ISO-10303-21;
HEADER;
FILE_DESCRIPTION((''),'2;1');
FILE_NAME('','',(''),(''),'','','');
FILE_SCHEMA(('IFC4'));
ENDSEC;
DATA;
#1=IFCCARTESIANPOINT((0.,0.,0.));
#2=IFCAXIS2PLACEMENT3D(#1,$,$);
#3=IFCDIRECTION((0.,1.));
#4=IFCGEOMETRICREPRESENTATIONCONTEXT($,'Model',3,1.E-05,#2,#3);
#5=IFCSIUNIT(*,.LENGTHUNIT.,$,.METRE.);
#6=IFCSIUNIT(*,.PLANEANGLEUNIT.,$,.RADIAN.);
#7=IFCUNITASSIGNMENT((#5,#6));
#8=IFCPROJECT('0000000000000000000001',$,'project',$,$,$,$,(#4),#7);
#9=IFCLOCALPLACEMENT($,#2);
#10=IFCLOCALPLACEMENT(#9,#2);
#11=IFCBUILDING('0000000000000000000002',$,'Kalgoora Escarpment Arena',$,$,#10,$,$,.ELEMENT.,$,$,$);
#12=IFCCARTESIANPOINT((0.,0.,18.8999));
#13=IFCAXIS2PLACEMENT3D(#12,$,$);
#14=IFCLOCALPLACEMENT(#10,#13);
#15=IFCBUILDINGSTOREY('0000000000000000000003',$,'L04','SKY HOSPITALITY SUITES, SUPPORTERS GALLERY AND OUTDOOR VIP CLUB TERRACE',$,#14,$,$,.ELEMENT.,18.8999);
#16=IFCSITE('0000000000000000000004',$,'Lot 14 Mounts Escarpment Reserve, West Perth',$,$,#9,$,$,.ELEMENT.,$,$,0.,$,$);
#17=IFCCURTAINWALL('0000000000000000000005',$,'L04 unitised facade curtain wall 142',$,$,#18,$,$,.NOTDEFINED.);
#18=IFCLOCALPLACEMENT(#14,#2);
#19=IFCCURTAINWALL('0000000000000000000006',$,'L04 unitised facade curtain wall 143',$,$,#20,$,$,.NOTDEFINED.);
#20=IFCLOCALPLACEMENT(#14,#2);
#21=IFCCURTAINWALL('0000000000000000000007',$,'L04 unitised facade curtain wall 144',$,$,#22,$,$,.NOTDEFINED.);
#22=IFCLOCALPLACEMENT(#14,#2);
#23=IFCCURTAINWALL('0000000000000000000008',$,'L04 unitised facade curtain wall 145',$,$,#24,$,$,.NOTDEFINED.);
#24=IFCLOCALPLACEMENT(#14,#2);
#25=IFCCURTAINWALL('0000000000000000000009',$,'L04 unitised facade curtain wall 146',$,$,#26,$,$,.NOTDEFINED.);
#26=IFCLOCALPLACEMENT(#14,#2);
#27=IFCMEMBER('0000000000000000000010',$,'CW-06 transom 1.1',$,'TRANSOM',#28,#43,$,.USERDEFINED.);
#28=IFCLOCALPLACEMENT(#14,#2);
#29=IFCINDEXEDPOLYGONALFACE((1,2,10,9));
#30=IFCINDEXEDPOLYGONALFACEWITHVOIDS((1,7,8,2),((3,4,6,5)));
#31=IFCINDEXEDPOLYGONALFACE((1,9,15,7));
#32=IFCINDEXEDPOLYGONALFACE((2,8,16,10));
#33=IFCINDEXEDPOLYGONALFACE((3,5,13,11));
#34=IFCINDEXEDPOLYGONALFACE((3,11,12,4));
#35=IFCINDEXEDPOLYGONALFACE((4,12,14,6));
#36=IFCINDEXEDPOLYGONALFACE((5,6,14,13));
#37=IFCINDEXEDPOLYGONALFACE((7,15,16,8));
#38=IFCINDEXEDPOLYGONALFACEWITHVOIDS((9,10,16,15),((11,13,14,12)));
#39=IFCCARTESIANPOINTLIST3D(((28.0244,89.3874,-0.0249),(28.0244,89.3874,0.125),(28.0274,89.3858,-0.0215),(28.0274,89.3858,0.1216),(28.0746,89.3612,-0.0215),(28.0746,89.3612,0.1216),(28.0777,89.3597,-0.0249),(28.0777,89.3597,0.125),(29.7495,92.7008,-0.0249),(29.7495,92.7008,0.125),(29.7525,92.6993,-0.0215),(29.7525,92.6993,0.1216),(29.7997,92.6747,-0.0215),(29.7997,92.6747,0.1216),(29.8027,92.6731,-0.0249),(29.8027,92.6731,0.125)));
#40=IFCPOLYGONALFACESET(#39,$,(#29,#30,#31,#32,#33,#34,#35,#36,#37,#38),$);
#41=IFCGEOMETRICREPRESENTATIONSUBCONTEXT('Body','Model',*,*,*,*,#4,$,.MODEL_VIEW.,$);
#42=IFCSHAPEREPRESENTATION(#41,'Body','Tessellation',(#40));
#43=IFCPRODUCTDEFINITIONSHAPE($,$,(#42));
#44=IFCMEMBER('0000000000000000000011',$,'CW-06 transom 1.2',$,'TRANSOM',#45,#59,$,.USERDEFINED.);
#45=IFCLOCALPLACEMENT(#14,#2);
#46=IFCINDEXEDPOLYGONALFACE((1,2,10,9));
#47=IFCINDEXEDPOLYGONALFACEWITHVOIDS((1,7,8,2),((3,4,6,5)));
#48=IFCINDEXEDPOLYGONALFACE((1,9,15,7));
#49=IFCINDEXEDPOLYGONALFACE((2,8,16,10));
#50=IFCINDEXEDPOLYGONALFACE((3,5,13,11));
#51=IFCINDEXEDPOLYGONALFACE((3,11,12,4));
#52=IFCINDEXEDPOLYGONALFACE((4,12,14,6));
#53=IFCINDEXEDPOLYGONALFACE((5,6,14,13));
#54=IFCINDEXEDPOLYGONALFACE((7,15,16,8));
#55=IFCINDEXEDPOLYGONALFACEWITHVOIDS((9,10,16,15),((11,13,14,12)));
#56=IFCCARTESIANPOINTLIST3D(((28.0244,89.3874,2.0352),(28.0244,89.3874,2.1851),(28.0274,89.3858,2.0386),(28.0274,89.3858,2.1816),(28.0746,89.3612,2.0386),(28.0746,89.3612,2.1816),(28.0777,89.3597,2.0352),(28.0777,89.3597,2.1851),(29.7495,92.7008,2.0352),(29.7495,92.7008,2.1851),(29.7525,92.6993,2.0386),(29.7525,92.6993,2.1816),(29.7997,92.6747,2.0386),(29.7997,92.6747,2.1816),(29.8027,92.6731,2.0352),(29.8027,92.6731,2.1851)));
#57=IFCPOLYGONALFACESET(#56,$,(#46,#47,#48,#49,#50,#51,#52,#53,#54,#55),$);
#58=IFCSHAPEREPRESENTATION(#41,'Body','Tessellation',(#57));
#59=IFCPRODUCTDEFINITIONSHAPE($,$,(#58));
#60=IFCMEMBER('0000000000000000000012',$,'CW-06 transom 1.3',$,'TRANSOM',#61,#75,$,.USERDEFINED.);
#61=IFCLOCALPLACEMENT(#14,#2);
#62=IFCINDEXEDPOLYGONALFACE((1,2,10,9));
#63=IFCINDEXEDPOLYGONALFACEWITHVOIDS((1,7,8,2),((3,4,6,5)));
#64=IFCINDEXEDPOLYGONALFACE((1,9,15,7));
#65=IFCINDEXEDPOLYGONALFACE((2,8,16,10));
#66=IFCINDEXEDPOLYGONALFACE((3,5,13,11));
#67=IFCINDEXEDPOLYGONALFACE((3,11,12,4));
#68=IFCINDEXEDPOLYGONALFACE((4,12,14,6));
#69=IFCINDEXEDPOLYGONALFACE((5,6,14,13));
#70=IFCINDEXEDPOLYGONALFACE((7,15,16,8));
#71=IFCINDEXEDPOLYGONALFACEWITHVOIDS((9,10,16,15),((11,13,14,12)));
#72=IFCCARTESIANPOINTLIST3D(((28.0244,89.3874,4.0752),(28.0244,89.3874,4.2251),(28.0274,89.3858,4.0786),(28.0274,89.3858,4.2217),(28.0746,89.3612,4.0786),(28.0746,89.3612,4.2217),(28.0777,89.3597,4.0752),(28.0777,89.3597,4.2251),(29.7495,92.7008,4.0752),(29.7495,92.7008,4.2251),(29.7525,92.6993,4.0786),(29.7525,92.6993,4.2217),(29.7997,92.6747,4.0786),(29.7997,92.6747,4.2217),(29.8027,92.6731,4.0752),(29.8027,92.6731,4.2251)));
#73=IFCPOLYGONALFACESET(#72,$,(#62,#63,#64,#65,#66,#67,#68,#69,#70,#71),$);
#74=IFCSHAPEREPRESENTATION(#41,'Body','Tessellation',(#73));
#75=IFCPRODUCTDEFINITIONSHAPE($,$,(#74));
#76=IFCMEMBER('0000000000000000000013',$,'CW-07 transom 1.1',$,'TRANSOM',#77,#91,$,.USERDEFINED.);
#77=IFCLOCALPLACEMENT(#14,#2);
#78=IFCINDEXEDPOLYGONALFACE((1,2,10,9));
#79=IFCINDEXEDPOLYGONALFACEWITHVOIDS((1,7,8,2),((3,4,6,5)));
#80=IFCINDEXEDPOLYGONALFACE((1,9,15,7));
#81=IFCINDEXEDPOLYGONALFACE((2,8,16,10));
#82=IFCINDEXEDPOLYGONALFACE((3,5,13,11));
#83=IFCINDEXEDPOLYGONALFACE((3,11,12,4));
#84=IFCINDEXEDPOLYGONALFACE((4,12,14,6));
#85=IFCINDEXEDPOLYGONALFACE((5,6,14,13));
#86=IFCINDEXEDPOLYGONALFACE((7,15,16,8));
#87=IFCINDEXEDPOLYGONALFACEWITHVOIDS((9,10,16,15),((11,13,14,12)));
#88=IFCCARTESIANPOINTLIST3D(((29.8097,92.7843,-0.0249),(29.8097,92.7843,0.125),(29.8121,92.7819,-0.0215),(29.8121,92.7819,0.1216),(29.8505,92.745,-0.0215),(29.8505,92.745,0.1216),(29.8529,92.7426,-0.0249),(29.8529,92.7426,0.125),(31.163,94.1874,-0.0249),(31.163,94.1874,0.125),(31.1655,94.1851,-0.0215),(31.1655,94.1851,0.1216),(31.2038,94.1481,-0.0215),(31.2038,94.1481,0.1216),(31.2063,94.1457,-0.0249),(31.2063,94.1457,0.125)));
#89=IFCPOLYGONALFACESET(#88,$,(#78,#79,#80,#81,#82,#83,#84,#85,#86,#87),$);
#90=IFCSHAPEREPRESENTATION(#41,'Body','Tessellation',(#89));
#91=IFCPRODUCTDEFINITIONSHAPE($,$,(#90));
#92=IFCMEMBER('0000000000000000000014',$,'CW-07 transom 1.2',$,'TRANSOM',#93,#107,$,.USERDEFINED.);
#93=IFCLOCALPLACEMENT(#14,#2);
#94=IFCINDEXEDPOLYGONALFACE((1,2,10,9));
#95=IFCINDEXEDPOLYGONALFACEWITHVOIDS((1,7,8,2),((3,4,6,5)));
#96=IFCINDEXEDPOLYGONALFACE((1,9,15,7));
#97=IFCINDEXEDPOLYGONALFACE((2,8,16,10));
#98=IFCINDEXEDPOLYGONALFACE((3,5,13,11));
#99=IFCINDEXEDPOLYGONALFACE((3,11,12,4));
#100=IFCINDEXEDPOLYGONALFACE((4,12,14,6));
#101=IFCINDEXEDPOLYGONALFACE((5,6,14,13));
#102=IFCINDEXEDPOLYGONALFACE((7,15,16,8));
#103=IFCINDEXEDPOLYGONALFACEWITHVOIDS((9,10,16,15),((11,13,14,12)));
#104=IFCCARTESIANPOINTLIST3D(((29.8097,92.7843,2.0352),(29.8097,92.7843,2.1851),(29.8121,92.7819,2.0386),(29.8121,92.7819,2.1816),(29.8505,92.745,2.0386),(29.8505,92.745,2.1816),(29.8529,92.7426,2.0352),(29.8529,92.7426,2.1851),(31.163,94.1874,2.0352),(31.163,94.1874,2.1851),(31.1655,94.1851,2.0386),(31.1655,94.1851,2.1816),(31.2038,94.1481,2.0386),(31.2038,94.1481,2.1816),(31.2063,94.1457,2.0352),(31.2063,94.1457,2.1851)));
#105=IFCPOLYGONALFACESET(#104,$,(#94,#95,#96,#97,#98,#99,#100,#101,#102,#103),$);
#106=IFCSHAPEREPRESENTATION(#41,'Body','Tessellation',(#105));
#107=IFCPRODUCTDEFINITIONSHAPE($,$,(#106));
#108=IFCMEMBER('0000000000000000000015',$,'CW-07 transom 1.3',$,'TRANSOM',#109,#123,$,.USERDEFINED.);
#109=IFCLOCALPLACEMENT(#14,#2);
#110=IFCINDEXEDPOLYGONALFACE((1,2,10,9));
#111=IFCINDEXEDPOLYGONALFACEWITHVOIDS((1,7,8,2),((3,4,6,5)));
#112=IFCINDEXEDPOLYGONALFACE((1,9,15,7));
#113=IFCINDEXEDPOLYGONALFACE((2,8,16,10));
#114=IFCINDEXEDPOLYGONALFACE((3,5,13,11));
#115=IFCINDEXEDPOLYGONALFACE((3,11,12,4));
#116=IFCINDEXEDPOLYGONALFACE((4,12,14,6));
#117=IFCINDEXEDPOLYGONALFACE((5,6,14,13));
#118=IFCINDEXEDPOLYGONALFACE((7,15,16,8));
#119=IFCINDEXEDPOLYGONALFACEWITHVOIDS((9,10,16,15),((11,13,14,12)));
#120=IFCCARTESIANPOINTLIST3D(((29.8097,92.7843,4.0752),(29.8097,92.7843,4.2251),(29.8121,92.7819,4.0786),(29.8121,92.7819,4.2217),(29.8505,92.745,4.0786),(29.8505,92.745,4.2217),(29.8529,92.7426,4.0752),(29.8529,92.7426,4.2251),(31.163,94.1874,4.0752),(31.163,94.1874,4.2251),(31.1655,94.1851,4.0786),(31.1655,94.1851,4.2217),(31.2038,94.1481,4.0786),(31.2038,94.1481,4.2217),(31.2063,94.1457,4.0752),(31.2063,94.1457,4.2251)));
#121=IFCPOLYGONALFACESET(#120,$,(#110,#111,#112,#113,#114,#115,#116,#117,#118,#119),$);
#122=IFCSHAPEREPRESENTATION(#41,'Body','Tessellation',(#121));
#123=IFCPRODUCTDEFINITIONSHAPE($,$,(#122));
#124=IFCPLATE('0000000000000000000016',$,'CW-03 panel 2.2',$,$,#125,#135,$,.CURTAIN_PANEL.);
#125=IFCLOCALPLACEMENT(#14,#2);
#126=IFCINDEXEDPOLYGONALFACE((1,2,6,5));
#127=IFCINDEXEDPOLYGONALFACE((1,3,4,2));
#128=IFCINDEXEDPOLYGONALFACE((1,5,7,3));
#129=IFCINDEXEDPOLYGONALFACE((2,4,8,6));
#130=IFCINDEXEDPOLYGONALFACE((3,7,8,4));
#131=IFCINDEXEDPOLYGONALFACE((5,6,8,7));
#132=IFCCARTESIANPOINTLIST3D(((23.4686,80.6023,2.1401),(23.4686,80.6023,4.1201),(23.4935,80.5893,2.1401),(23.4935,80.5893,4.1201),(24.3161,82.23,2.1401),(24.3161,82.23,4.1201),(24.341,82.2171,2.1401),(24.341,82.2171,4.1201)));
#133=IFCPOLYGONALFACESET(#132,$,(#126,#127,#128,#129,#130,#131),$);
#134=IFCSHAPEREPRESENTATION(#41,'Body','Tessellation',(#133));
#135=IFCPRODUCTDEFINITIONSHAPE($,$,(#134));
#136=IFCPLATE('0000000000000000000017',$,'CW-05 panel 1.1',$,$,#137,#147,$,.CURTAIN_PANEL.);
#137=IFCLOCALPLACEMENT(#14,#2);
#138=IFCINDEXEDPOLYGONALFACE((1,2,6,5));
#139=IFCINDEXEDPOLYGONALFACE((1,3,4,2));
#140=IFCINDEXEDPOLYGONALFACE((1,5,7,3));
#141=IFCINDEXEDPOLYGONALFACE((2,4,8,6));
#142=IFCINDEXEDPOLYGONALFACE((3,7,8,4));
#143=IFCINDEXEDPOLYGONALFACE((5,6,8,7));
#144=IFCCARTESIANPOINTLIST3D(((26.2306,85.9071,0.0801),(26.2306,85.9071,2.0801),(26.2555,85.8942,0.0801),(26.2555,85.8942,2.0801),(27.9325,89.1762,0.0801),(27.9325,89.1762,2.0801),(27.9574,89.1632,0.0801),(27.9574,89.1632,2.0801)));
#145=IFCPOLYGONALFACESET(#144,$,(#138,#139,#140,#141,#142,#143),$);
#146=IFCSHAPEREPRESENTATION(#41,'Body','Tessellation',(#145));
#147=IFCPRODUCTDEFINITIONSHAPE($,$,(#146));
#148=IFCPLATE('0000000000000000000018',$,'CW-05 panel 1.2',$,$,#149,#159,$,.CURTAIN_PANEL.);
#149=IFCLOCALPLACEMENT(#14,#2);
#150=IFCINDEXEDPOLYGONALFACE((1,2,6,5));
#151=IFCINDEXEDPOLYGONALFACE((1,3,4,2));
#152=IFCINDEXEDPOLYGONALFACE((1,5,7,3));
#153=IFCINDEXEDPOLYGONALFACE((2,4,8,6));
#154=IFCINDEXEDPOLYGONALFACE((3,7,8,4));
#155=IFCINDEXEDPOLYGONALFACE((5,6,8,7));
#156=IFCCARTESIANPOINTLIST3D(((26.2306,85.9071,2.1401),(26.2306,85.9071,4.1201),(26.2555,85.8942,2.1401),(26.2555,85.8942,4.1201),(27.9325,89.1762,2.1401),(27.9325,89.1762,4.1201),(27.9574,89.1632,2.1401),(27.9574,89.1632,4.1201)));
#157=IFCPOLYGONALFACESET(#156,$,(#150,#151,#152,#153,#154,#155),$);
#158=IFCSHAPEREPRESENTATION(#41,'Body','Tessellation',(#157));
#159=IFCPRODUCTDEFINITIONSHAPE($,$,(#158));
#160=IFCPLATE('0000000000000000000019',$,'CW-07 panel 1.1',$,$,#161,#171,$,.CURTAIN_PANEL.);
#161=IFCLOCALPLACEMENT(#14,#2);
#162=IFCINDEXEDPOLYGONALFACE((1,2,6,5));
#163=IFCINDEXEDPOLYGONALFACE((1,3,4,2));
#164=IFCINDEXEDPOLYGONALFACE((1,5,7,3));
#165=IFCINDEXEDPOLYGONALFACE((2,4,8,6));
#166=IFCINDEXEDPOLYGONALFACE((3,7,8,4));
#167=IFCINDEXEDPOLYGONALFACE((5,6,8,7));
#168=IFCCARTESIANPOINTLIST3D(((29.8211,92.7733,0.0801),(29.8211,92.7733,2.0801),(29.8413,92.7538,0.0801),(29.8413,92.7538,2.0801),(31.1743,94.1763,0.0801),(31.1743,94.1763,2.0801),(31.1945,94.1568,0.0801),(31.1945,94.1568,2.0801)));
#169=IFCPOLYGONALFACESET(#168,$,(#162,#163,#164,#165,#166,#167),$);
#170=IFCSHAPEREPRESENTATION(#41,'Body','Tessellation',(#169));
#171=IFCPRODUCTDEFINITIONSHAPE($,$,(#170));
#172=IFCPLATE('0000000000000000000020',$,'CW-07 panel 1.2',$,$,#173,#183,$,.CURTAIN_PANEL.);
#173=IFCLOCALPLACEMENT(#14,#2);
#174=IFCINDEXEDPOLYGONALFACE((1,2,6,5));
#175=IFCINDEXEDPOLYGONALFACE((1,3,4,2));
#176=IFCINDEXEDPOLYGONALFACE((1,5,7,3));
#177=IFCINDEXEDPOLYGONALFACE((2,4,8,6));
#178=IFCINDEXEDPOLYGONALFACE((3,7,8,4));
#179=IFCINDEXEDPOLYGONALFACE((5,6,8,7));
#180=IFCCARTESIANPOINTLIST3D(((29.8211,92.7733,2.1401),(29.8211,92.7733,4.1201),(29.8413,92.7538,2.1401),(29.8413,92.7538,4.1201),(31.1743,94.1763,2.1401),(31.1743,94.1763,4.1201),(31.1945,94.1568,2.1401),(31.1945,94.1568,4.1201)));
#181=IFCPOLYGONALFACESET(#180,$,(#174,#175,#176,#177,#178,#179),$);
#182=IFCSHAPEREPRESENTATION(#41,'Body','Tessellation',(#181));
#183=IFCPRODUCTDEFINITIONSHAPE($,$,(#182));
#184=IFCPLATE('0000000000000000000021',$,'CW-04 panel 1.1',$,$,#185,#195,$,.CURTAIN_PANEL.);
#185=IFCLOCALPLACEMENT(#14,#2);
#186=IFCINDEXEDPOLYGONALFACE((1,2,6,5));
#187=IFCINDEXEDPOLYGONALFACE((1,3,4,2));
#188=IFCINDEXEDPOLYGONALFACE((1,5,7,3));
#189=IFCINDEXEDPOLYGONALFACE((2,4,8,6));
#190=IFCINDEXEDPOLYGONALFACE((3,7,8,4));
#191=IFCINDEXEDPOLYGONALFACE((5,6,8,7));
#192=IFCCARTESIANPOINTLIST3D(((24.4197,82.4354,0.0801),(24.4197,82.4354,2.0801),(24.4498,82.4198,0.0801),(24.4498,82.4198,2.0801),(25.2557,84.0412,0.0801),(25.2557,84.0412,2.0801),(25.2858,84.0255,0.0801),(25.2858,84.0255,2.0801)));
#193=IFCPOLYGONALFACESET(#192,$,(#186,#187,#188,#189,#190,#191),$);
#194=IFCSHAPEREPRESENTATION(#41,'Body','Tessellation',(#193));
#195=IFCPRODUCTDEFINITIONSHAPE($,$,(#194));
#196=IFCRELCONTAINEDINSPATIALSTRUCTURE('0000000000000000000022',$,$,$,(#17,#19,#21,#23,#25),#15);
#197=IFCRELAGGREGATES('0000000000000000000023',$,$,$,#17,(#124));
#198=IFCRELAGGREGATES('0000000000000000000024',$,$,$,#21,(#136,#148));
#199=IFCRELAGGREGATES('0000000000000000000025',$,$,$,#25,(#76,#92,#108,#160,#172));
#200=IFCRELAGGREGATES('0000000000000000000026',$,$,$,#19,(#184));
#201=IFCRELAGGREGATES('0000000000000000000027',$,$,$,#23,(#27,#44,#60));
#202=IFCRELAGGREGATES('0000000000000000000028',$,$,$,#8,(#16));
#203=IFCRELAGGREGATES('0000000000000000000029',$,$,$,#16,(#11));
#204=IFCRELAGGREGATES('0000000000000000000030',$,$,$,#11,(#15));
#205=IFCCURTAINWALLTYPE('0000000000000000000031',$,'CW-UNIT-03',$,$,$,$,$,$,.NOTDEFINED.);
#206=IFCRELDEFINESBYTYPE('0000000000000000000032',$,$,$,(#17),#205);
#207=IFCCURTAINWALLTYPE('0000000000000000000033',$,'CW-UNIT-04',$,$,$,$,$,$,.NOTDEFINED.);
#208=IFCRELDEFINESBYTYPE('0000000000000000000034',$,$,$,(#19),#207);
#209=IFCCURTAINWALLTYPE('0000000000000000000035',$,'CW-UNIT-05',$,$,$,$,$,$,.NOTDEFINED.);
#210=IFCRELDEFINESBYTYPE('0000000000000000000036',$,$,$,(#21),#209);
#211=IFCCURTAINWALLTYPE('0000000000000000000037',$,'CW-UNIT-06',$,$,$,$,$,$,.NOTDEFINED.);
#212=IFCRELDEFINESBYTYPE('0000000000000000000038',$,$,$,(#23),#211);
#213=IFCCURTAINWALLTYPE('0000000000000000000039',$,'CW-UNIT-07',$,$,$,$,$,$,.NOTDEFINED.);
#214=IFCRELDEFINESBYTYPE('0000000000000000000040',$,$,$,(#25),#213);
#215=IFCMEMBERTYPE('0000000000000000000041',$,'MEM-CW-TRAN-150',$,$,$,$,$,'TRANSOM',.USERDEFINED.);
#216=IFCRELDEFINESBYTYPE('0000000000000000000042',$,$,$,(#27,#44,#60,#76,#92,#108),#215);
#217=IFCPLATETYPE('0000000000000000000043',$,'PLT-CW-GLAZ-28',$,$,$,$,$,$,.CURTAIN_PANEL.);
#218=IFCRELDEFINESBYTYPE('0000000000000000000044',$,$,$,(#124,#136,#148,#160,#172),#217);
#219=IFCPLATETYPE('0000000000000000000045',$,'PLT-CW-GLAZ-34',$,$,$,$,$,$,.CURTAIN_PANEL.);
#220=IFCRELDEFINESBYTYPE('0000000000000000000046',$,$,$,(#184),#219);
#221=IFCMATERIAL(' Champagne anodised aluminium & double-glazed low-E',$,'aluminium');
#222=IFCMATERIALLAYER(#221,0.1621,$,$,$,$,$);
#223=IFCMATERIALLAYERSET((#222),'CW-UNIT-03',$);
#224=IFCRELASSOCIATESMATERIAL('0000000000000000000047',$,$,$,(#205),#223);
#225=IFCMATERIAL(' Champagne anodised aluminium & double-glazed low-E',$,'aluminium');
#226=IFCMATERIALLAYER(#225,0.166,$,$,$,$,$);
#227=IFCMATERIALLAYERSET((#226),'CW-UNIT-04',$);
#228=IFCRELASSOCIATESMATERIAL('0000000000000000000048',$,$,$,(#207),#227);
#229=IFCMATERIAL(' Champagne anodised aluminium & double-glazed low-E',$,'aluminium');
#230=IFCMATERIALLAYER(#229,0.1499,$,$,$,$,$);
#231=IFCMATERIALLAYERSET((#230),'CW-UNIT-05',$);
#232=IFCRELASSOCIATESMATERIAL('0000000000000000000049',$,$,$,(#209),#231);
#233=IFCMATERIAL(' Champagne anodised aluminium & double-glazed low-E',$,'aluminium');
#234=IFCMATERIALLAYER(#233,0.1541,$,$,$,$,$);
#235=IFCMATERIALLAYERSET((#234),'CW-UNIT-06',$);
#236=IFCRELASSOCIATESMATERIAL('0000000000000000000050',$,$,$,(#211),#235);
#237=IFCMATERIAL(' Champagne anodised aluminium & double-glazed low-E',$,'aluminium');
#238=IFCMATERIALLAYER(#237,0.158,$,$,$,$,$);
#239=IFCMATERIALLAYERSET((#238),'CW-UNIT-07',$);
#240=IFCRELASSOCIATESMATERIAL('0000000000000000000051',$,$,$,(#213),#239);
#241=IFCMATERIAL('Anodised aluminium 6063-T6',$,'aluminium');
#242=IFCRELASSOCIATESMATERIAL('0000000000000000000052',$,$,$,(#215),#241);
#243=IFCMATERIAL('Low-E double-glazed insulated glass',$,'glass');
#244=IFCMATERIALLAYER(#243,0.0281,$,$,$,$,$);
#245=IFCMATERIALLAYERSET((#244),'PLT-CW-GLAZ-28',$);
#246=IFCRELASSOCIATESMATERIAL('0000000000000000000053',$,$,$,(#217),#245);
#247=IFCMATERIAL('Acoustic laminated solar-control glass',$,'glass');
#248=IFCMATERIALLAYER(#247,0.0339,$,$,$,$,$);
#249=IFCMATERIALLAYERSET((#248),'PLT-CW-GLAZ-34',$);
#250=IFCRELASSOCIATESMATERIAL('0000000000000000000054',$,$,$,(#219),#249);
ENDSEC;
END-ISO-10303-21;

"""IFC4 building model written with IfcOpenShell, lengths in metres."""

from ifc_helpers import new_model, si_unit, direction, frame, origin, origin_2d, place, context, subcontext, project, spatial, rectangle, hollow_rectangle, extrude, material, layer, layer_set, material_profile, profile_set, type_object, element, aggregate, save


model = new_model("IFC4")

# Units and contexts
model_context = context("Model", 3, precision=1e-05, world=origin(), true_north=direction((0.0, 1.0)))
body_context = subcontext(model_context, "Body", "Model", "MODEL_VIEW")
ifc_project = project(units=[si_unit("LENGTHUNIT", "METRE"), si_unit("PLANEANGLEUNIT", "RADIAN")], contexts=[model_context])

# Site, building, storey
site_placement = place(None, origin())
site = spatial("IfcSite", under=ifc_project, at=site_placement, Name="Lot 14 Mounts Escarpment Reserve, West Perth", CompositionType="ELEMENT", RefElevation=0.0)
building_placement = place(site_placement, origin())
building = spatial("IfcBuilding", under=site, at=building_placement, Name="Kalgoora Escarpment Arena", CompositionType="ELEMENT")
storey_placement = place(building_placement, frame((0.0, 0.0, 18.8999)))
storey = spatial("IfcBuildingStorey", under=building, at=storey_placement, Name="L04", Description="SKY HOSPITALITY SUITES, SUPPORTERS GALLERY AND OUTDOOR VIP CLUB TERRACE", CompositionType="ELEMENT", Elevation=18.8999)

# Curtain wall
ifc_material_1 = material(Name=" Champagne anodised aluminium & double-glazed low-E", Category="aluminium")
ifc_layer_1 = layer(ifc_material_1, 0.1621)
ifc_layer_set_1 = layer_set([ifc_layer_1], Name="CW-UNIT-03")
curtain_wall_type_1 = type_object("IfcCurtainWallType", Name="CW-UNIT-03", PredefinedType="NOTDEFINED", material=ifc_layer_set_1)
curtain_wall_1_placement = place(storey_placement, origin())
curtain_wall_1 = element("IfcCurtainWall", 1, at=curtain_wall_1_placement, inside=storey, type_object=curtain_wall_type_1, Name="L04 unitised facade curtain wall 142", PredefinedType="NOTDEFINED")

# Curtain walls
ifc_material_2 = material(Name=" Champagne anodised aluminium & double-glazed low-E", Category="aluminium")
ifc_layer_2 = layer(ifc_material_2, 0.166)
ifc_layer_set_2 = layer_set([ifc_layer_2], Name="CW-UNIT-04")
curtain_wall_type_2 = type_object("IfcCurtainWallType", Name="CW-UNIT-04", PredefinedType="NOTDEFINED", material=ifc_layer_set_2)
curtain_wall_2_placement = place(storey_placement, origin())
curtain_wall_2 = element("IfcCurtainWall", 2, at=curtain_wall_2_placement, inside=storey, type_object=curtain_wall_type_2, Name="L04 unitised facade curtain wall 143", PredefinedType="NOTDEFINED")
ifc_material_3 = material(Name=" Champagne anodised aluminium & double-glazed low-E", Category="aluminium")
ifc_layer_3 = layer(ifc_material_3, 0.1499)
ifc_layer_set_3 = layer_set([ifc_layer_3], Name="CW-UNIT-05")
curtain_wall_type_3 = type_object("IfcCurtainWallType", Name="CW-UNIT-05", PredefinedType="NOTDEFINED", material=ifc_layer_set_3)
curtain_wall_3_placement = place(storey_placement, origin())
curtain_wall_3 = element("IfcCurtainWall", 3, at=curtain_wall_3_placement, inside=storey, type_object=curtain_wall_type_3, Name="L04 unitised facade curtain wall 144", PredefinedType="NOTDEFINED")
ifc_material_4 = material(Name=" Champagne anodised aluminium & double-glazed low-E", Category="aluminium")
ifc_layer_4 = layer(ifc_material_4, 0.1541)
ifc_layer_set_4 = layer_set([ifc_layer_4], Name="CW-UNIT-06")
curtain_wall_type_4 = type_object("IfcCurtainWallType", Name="CW-UNIT-06", PredefinedType="NOTDEFINED", material=ifc_layer_set_4)
curtain_wall_4_placement = place(storey_placement, origin())
curtain_wall_4 = element("IfcCurtainWall", 4, at=curtain_wall_4_placement, inside=storey, type_object=curtain_wall_type_4, Name="L04 unitised facade curtain wall 145", PredefinedType="NOTDEFINED")

# Curtain wall
ifc_material_5 = material(Name=" Champagne anodised aluminium & double-glazed low-E", Category="aluminium")
ifc_layer_5 = layer(ifc_material_5, 0.158)
ifc_layer_set_5 = layer_set([ifc_layer_5], Name="CW-UNIT-07")
curtain_wall_type_5 = type_object("IfcCurtainWallType", Name="CW-UNIT-07", PredefinedType="NOTDEFINED", material=ifc_layer_set_5)
curtain_wall_5_placement = place(storey_placement, origin())
curtain_wall_5 = element("IfcCurtainWall", 5, at=curtain_wall_5_placement, inside=storey, type_object=curtain_wall_type_5, Name="L04 unitised facade curtain wall 146", PredefinedType="NOTDEFINED")

# Members
ifc_material_6 = material(Name="Anodised aluminium 6063-T6", Category="aluminium")
ifc_material_profile_1 = material_profile(ifc_material_6, hollow_rectangle(XDim=0.0601, YDim=0.1499, WallThickness=0.0034, at=origin_2d()))
ifc_profile_set_1 = profile_set([ifc_material_profile_1], Name="Anodised aluminium 6063-T6")
member_type_1 = type_object("IfcMemberType", Name="MEM-CW-TRAN-150", ElementType="TRANSOM", PredefinedType="USERDEFINED", material=ifc_profile_set_1)
member_1_placement = place(storey_placement, frame((28.051, 89.3735, 0.05), z_axis=(0.461793, 0.886988, 0.0), x_axis=(-0.886988, 0.461793, 0.0)))
member_1 = element("IfcMember", 6, at=member_1_placement, type_object=member_type_1, Name="CW-06 transom 1.1", ObjectType="TRANSOM", PredefinedType="USERDEFINED", context=body_context, shape_type="SweptSolid", body=[
    extrude(hollow_rectangle(XDim=0.0601, YDim=0.1499, WallThickness=0.0034, at=origin_2d()), origin(), (0.0, 0.0, 1.0), 3.7356),
])
member_2_placement = place(storey_placement, frame((28.051, 89.3735, 2.1101), z_axis=(0.461793, 0.886988, 0.0), x_axis=(-0.886988, 0.461793, 0.0)))
member_2 = element("IfcMember", 7, at=member_2_placement, type_object=member_type_1, Name="CW-06 transom 1.2", ObjectType="TRANSOM", PredefinedType="USERDEFINED", context=body_context, shape_type="SweptSolid", body=[
    extrude(hollow_rectangle(XDim=0.0601, YDim=0.1499, WallThickness=0.0034, at=origin_2d()), origin(), (0.0, 0.0, 1.0), 3.7356),
])
member_3_placement = place(storey_placement, frame((28.051, 89.3735, 4.1501), z_axis=(0.461793, 0.886988, 0.0), x_axis=(-0.886988, 0.461793, 0.0)))
member_3 = element("IfcMember", 8, at=member_3_placement, type_object=member_type_1, Name="CW-06 transom 1.3", ObjectType="TRANSOM", PredefinedType="USERDEFINED", context=body_context, shape_type="SweptSolid", body=[
    extrude(hollow_rectangle(XDim=0.0601, YDim=0.1499, WallThickness=0.0034, at=origin_2d()), origin(), (0.0, 0.0, 1.0), 3.7356),
])
member_4_placement = place(storey_placement, frame((29.8313, 92.7634, 0.05), z_axis=(0.694217, 0.719766, 0.0), x_axis=(-0.719766, 0.694217, 0.0)))
member_4 = element("IfcMember", 9, at=member_4_placement, type_object=member_type_1, Name="CW-07 transom 1.1", ObjectType="TRANSOM", PredefinedType="USERDEFINED", context=body_context, shape_type="SweptSolid", body=[
    extrude(hollow_rectangle(XDim=0.0601, YDim=0.1499, WallThickness=0.0034, at=origin_2d()), origin(), (0.0, 0.0, 1.0), 1.9495),
])
member_5_placement = place(storey_placement, frame((29.8313, 92.7634, 2.1101), z_axis=(0.694217, 0.719766, 0.0), x_axis=(-0.719766, 0.694217, 0.0)))
member_5 = element("IfcMember", 10, at=member_5_placement, type_object=member_type_1, Name="CW-07 transom 1.2", ObjectType="TRANSOM", PredefinedType="USERDEFINED", context=body_context, shape_type="SweptSolid", body=[
    extrude(hollow_rectangle(XDim=0.0601, YDim=0.1499, WallThickness=0.0034, at=origin_2d()), origin(), (0.0, 0.0, 1.0), 1.9495),
])
member_6_placement = place(storey_placement, frame((29.8313, 92.7634, 4.1501), z_axis=(0.694217, 0.719766, 0.0), x_axis=(-0.719766, 0.694217, 0.0)))
member_6 = element("IfcMember", 11, at=member_6_placement, type_object=member_type_1, Name="CW-07 transom 1.3", ObjectType="TRANSOM", PredefinedType="USERDEFINED", context=body_context, shape_type="SweptSolid", body=[
    extrude(hollow_rectangle(XDim=0.0601, YDim=0.1499, WallThickness=0.0034, at=origin_2d()), origin(), (0.0, 0.0, 1.0), 1.9495),
])

# Plates
ifc_material_7 = material(Name="Low-E double-glazed insulated glass", Category="glass")
ifc_layer_6 = layer(ifc_material_7, 0.0281)
ifc_layer_set_6 = layer_set([ifc_layer_6], Name="PLT-CW-GLAZ-28")
plate_type_1 = type_object("IfcPlateType", Name="PLT-CW-GLAZ-28", PredefinedType="CURTAIN_PANEL", material=ifc_layer_set_6)
plate_1_placement = place(storey_placement, frame((23.9048, 81.4097, 2.1401), z_axis=(0.0, 0.0, 1.0), x_axis=(0.461806, 0.886981, 0.0)))
plate_1 = element("IfcPlate", 12, at=plate_1_placement, type_object=plate_type_1, Name="CW-03 panel 2.2", PredefinedType="CURTAIN_PANEL", context=body_context, shape_type="SweptSolid", body=[
    extrude(rectangle(XDim=1.8352, YDim=0.0281, at=origin_2d()), origin(), (0.0, 0.0, 1.0), 1.98),
])
aggregate(curtain_wall_1, [plate_1])
plate_2_placement = place(storey_placement, frame((27.094, 87.5352, 0.0801), z_axis=(0.0, 0.0, 1.0), x_axis=(0.461799, 0.886985, 0.0)))
plate_2 = element("IfcPlate", 13, at=plate_2_placement, type_object=plate_type_1, Name="CW-05 panel 1.1", PredefinedType="CURTAIN_PANEL", context=body_context, shape_type="SweptSolid", body=[
    extrude(rectangle(XDim=3.6855, YDim=0.0281, at=origin_2d()), origin(), (0.0, 0.0, 1.0), 2.0),
])
plate_3_placement = place(storey_placement, frame((27.094, 87.5352, 2.1401), z_axis=(0.0, 0.0, 1.0), x_axis=(0.461799, 0.886985, 0.0)))
plate_3 = element("IfcPlate", 14, at=plate_3_placement, type_object=plate_type_1, Name="CW-05 panel 1.2", PredefinedType="CURTAIN_PANEL", context=body_context, shape_type="SweptSolid", body=[
    extrude(rectangle(XDim=3.6855, YDim=0.0281, at=origin_2d()), origin(), (0.0, 0.0, 1.0), 1.98),
])
aggregate(curtain_wall_3, [plate_2, plate_3])
plate_4_placement = place(storey_placement, frame((30.5078, 93.4651, 0.0801), z_axis=(0.0, 0.0, 1.0), x_axis=(0.694202, 0.71978, 0.0)))
plate_4 = element("IfcPlate", 15, at=plate_4_placement, type_object=plate_type_1, Name="CW-07 panel 1.1", PredefinedType="CURTAIN_PANEL", context=body_context, shape_type="SweptSolid", body=[
    extrude(rectangle(XDim=1.9492, YDim=0.0281, at=origin_2d()), origin(), (0.0, 0.0, 1.0), 2.0),
])
plate_5_placement = place(storey_placement, frame((30.5078, 93.4651, 2.1401), z_axis=(0.0, 0.0, 1.0), x_axis=(0.694202, 0.71978, 0.0)))
plate_5 = element("IfcPlate", 16, at=plate_5_placement, type_object=plate_type_1, Name="CW-07 panel 1.2", PredefinedType="CURTAIN_PANEL", context=body_context, shape_type="SweptSolid", body=[
    extrude(rectangle(XDim=1.9492, YDim=0.0281, at=origin_2d()), origin(), (0.0, 0.0, 1.0), 1.98),
])
aggregate(curtain_wall_5, [member_4, member_5, member_6, plate_4, plate_5])
ifc_material_8 = material(Name="Acoustic laminated solar-control glass", Category="glass")
ifc_layer_7 = layer(ifc_material_8, 0.0339)
ifc_layer_set_7 = layer_set([ifc_layer_7], Name="PLT-CW-GLAZ-34")
plate_type_2 = type_object("IfcPlateType", Name="PLT-CW-GLAZ-34", PredefinedType="CURTAIN_PANEL", material=ifc_layer_set_7)
plate_6_placement = place(storey_placement, frame((24.8528, 83.2305, 0.0801), z_axis=(0.0, 0.0, 1.0), x_axis=(0.461799, 0.886985, 0.0)))
plate_6 = element("IfcPlate", 17, at=plate_6_placement, type_object=plate_type_2, Name="CW-04 panel 1.1", PredefinedType="CURTAIN_PANEL", context=body_context, shape_type="SweptSolid", body=[
    extrude(rectangle(XDim=1.8103, YDim=0.0339, at=origin_2d()), origin(), (0.0, 0.0, 1.0), 2.0),
])
aggregate(curtain_wall_2, [plate_6])
aggregate(curtain_wall_4, [member_1, member_2, member_3])

save(model, "model.ifc")
